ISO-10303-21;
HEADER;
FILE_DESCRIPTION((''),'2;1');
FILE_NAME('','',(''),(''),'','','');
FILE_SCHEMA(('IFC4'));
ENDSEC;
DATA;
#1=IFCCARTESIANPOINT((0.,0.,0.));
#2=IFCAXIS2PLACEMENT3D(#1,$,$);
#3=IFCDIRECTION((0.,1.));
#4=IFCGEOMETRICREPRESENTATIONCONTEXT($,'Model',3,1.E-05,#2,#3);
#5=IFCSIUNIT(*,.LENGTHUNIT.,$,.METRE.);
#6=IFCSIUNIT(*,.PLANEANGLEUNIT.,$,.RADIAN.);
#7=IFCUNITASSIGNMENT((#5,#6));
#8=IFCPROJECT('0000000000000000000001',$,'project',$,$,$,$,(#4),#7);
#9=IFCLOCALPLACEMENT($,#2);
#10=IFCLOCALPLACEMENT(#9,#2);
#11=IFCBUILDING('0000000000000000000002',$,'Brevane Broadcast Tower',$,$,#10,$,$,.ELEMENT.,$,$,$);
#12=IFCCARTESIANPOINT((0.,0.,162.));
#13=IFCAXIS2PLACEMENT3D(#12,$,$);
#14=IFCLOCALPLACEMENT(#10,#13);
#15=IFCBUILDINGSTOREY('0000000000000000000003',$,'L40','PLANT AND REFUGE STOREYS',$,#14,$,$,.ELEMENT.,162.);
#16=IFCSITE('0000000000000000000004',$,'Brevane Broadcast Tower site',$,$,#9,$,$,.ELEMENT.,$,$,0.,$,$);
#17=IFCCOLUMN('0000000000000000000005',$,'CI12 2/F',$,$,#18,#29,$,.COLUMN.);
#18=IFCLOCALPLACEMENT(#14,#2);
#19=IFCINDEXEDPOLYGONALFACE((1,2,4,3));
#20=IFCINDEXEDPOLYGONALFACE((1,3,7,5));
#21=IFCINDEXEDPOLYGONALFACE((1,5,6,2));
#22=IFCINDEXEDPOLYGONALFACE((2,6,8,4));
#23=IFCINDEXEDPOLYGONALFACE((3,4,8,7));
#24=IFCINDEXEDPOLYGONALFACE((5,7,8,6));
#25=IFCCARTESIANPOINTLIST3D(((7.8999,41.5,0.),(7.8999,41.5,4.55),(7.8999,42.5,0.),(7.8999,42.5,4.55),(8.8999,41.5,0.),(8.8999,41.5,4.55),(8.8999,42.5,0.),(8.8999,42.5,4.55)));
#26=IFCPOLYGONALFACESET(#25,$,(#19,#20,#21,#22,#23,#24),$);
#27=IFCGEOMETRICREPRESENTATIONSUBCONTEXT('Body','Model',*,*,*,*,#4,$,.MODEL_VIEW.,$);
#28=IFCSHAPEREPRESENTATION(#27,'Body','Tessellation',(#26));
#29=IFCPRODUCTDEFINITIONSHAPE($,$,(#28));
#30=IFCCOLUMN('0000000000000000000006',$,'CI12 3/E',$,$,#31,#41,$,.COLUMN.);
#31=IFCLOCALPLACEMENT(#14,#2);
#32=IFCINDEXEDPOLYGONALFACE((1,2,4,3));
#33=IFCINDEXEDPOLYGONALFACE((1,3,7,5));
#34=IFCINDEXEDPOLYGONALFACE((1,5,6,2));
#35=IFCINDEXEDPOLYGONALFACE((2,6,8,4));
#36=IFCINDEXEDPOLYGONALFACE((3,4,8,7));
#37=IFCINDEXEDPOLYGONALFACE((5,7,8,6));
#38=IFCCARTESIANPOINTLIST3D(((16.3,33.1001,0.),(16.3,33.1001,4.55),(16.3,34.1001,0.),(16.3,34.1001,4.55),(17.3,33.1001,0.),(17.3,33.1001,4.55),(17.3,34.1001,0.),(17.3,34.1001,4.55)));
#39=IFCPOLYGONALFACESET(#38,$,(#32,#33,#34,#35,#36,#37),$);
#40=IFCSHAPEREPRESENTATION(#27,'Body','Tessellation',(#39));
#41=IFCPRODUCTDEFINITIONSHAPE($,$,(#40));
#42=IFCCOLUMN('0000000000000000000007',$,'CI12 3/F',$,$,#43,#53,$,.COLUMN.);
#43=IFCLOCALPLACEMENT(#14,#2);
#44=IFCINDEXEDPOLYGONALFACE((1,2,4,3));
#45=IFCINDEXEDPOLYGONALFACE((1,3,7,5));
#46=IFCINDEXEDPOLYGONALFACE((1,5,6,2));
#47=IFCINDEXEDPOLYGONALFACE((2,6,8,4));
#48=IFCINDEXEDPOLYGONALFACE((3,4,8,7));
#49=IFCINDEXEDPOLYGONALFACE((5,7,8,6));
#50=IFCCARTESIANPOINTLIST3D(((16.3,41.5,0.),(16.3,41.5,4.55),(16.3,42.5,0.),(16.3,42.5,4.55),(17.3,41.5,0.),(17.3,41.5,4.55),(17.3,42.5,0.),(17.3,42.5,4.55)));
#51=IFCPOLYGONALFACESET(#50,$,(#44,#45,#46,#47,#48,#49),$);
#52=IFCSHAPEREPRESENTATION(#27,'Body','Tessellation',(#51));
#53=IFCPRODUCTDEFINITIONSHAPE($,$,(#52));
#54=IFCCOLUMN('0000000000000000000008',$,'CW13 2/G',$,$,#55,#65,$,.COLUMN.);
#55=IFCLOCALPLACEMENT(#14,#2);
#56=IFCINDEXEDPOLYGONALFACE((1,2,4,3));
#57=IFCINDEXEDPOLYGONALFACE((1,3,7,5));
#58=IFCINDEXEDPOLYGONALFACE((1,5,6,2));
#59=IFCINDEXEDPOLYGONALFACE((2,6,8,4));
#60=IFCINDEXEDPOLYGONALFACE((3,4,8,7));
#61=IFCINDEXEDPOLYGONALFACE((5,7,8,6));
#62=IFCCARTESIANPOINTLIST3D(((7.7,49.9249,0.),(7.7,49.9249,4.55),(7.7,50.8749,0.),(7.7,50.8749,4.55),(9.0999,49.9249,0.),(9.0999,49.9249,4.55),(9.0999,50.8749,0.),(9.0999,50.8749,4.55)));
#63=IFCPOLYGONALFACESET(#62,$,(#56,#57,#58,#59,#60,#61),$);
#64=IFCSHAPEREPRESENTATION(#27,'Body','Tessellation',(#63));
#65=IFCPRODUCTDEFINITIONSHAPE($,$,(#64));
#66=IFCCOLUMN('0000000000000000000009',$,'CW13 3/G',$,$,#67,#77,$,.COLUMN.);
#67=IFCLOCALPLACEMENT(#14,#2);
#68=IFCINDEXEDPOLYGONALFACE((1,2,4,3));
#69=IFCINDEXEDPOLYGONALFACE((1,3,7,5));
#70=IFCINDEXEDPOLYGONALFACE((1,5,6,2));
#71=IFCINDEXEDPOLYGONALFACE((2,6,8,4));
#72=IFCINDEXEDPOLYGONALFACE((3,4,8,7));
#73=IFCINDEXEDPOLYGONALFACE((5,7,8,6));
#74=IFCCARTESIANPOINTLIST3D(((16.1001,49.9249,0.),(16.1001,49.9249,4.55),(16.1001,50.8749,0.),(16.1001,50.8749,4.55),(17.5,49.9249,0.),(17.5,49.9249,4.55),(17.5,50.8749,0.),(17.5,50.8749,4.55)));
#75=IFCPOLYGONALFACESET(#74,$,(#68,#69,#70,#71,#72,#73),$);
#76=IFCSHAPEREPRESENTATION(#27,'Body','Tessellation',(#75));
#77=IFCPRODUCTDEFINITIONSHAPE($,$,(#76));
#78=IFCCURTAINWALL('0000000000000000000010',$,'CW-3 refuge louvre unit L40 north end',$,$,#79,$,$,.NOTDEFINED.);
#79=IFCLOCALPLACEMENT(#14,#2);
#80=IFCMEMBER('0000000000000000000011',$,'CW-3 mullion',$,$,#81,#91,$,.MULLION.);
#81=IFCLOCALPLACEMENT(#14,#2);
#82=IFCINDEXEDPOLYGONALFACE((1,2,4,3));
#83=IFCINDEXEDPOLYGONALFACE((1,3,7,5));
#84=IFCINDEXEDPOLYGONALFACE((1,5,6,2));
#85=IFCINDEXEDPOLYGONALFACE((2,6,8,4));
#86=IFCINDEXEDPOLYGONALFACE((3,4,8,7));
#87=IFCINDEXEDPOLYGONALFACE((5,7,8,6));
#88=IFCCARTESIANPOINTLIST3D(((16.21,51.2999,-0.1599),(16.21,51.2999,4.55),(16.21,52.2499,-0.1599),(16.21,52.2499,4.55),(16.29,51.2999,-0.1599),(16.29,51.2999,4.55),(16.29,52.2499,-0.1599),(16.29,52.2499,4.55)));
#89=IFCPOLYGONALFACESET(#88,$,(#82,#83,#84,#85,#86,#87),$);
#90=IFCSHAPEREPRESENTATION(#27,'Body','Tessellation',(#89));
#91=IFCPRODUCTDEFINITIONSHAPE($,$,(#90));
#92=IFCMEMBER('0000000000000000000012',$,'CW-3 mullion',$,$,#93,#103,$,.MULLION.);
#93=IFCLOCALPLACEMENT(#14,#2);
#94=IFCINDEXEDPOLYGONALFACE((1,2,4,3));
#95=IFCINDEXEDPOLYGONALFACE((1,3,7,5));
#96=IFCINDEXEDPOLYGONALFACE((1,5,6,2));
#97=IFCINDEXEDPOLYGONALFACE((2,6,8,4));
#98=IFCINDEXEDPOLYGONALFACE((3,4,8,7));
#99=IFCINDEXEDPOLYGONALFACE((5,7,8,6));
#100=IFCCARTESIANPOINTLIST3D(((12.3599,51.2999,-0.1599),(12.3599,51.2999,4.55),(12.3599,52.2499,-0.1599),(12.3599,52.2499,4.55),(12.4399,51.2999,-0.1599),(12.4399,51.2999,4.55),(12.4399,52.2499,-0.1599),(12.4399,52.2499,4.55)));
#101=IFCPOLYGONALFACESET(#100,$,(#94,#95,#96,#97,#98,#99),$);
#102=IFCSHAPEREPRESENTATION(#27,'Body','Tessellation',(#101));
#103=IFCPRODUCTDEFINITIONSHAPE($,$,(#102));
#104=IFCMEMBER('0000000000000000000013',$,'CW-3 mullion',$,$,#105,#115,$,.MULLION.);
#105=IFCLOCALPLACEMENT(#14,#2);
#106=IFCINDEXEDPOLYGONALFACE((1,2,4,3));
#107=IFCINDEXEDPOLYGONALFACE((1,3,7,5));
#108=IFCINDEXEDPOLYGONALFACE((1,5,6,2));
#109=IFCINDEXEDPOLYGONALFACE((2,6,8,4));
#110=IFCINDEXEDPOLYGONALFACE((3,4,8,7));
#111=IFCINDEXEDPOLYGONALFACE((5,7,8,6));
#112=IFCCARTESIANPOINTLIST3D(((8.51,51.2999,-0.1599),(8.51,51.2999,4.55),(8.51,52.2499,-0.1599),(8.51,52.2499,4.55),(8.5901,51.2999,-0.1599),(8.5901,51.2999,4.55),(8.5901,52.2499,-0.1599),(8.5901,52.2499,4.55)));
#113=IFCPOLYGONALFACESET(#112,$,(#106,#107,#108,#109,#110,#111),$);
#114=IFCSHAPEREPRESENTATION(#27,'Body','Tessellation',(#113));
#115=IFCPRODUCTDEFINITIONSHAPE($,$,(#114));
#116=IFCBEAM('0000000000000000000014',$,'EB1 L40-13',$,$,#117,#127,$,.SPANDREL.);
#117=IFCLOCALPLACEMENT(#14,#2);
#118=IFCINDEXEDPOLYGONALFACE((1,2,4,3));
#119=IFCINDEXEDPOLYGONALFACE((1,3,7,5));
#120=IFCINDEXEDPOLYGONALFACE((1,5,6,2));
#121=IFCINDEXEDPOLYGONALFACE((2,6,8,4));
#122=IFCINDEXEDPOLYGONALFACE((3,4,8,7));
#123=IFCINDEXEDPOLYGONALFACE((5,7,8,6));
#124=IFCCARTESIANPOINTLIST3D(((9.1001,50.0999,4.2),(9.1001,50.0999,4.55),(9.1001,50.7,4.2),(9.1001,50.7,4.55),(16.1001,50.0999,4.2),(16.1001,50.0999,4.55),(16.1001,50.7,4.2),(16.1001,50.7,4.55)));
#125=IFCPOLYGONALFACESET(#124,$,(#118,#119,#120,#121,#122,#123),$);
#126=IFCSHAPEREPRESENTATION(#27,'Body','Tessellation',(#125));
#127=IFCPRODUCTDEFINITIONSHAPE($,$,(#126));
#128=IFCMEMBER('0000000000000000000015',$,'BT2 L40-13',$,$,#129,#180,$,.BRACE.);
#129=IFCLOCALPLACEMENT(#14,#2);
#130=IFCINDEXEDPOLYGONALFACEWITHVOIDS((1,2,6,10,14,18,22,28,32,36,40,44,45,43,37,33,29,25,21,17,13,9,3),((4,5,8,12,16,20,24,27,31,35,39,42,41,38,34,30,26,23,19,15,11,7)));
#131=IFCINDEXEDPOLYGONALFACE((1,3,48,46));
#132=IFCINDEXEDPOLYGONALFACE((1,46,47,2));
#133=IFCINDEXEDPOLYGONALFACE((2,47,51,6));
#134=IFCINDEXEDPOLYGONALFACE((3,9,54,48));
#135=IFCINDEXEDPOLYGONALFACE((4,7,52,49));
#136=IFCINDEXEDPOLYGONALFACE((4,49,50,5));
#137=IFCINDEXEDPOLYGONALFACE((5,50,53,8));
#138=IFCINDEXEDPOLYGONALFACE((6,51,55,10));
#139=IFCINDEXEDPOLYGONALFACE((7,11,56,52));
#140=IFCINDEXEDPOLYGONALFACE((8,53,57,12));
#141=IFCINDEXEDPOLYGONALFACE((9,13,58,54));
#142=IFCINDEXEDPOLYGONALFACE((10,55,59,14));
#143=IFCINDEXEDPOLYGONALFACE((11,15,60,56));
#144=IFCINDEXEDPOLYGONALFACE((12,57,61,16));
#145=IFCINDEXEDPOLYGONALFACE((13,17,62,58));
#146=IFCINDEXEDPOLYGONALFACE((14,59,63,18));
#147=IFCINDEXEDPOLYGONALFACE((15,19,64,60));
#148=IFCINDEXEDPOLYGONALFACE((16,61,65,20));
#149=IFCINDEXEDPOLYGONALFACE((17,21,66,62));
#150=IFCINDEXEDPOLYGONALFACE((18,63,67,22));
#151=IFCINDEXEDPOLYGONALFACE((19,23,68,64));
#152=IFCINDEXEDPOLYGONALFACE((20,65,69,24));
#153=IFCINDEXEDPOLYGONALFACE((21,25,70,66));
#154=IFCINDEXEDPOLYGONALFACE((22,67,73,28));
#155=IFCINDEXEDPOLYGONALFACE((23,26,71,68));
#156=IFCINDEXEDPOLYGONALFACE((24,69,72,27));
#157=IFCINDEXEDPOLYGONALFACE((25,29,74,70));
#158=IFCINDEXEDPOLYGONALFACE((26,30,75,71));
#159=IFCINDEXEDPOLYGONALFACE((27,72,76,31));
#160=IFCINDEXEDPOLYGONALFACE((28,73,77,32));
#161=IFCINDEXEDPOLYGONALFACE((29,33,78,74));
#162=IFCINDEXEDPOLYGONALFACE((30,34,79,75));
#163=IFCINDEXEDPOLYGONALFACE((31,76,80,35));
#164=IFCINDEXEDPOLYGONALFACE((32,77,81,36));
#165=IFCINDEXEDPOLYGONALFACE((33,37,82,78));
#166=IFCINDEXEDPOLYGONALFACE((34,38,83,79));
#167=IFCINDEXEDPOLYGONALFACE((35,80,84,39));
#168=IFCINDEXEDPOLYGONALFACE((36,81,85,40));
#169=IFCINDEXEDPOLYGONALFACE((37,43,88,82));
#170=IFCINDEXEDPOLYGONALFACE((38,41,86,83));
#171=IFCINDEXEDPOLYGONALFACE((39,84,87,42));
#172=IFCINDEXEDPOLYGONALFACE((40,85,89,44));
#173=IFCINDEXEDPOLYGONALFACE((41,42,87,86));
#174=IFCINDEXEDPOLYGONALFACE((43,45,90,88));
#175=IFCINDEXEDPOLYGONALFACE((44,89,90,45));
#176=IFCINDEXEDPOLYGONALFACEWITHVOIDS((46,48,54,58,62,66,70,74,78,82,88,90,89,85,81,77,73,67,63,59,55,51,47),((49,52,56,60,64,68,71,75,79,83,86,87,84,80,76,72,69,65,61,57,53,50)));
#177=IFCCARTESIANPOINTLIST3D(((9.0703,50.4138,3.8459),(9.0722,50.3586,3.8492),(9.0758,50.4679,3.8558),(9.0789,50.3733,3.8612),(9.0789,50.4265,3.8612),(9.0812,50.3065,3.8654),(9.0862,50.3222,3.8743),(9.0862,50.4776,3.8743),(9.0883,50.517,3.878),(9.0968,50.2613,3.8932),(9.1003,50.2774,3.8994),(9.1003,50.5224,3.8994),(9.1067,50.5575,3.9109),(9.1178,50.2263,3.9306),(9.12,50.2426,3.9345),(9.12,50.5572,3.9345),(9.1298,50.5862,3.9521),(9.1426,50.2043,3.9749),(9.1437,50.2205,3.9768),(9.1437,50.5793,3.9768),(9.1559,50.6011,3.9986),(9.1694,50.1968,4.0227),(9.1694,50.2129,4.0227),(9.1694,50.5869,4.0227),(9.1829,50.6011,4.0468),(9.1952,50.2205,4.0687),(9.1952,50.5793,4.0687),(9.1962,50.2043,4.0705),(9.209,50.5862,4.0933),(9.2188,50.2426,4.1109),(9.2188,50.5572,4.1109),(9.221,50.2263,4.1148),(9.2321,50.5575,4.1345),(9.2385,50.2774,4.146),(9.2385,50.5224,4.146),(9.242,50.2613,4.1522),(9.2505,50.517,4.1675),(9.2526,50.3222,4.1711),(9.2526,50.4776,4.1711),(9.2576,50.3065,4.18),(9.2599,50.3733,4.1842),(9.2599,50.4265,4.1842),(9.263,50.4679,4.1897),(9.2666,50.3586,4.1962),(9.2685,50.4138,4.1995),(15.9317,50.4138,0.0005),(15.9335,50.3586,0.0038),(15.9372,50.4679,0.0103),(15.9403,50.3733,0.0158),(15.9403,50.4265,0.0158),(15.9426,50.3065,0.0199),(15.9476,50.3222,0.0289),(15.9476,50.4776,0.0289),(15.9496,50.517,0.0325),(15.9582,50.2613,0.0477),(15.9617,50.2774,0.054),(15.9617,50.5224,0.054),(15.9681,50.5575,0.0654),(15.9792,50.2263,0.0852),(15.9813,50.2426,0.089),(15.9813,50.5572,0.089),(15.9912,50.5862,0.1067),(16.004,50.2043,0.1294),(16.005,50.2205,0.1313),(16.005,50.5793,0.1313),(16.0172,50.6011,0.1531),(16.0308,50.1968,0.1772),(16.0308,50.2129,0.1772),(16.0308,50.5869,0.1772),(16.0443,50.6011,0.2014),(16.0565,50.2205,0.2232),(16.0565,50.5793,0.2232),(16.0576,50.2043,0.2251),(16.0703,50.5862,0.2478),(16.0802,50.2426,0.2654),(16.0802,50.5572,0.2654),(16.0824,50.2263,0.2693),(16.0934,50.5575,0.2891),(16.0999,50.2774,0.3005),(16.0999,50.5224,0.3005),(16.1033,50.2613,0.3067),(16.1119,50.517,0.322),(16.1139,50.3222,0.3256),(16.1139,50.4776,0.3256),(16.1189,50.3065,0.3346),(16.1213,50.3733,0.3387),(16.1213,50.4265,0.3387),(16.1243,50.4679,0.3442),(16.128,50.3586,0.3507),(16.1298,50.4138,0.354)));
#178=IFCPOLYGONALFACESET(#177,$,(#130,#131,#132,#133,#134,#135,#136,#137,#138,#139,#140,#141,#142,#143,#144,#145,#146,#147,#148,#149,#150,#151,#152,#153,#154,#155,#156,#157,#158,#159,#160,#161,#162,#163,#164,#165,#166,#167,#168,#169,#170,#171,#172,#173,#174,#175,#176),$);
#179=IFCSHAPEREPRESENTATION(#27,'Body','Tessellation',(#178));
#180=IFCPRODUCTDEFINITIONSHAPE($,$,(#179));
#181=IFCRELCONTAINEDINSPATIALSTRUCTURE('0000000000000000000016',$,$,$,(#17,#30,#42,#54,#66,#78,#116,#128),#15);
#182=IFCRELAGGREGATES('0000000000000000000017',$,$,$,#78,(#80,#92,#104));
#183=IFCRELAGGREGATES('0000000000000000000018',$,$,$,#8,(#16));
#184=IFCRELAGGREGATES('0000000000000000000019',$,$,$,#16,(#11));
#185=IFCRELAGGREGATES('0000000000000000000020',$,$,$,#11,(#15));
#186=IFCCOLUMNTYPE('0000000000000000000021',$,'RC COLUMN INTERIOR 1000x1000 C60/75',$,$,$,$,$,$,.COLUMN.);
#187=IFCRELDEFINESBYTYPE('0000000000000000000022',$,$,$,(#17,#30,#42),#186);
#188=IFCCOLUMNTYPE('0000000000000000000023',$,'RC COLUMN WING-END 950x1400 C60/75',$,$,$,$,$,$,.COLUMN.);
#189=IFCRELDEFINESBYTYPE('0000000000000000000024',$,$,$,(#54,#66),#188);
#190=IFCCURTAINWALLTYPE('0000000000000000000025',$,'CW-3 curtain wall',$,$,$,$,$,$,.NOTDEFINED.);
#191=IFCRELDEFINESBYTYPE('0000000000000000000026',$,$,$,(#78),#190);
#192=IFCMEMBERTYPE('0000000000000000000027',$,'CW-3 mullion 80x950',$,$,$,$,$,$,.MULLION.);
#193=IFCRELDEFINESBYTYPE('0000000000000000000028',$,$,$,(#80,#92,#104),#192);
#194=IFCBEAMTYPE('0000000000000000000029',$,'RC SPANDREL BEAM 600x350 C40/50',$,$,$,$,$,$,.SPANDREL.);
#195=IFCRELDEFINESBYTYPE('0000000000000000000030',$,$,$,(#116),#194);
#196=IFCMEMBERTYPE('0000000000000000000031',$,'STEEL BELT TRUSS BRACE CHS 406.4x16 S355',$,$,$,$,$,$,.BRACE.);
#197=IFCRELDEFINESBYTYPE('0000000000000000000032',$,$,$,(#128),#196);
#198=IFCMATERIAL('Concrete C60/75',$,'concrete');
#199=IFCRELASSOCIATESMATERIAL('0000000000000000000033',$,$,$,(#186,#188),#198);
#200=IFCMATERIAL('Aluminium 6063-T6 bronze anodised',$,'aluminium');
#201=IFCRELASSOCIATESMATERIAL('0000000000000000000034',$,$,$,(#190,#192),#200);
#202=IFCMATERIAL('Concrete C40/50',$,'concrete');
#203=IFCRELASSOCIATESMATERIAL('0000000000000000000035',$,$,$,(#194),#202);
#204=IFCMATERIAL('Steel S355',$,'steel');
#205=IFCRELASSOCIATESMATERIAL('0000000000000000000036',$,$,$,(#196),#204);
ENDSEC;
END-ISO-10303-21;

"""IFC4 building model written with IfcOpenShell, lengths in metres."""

from ifc_helpers import new_model, si_unit, direction, frame, origin, origin_2d, place, context, subcontext, project, spatial, rectangle, hollow_circle, extrude, material, material_profile, profile_set, type_object, element, aggregate, save


model = new_model("IFC4")

# Units and contexts
model_context = context("Model", 3, precision=1e-05, world=origin(), true_north=direction((0.0, 1.0)))
body_context = subcontext(model_context, "Body", "Model", "MODEL_VIEW")
ifc_project = project(units=[si_unit("LENGTHUNIT", "METRE"), si_unit("PLANEANGLEUNIT", "RADIAN")], contexts=[model_context])

# Site, building, storey
site_placement = place(None, origin())
site = spatial("IfcSite", under=ifc_project, at=site_placement, Name="Brevane Broadcast Tower site", CompositionType="ELEMENT", RefElevation=0.0)
building_placement = place(site_placement, origin())
building = spatial("IfcBuilding", under=site, at=building_placement, Name="Brevane Broadcast Tower", CompositionType="ELEMENT")
storey_placement = place(building_placement, frame((0.0, 0.0, 162.0)))
storey = spatial("IfcBuildingStorey", under=building, at=storey_placement, Name="L40", Description="PLANT AND REFUGE STOREYS", CompositionType="ELEMENT", Elevation=162.0)

# Columns
ifc_material_1 = material(Name="Concrete C60/75", Category="concrete")
ifc_material_profile_1 = material_profile(ifc_material_1, rectangle(XDim=1.0, YDim=1.0, at=origin_2d()), Name="RC 1000x1000")
ifc_profile_set_1 = profile_set([ifc_material_profile_1], Name="Concrete C60/75")
column_type_1 = type_object("IfcColumnType", Name="RC COLUMN INTERIOR 1000x1000 C60/75", PredefinedType="COLUMN", material=ifc_profile_set_1)
for number, where, z_axis, x_axis, name in (
    (1, (8.3999, 42.0, 0.0), (0.0, 0.0, 1.0), (1.0, 0.0, 0.0), "CI12 2/F"),
    (2, (16.8, 33.6001, 0.0), (0.0, 0.0, 1.0), (1.0, 0.0, 0.0), "CI12 3/E"),
    (3, (16.8, 42.0, 0.0), (0.0, 0.0, 1.0), (1.0, 0.0, 0.0), "CI12 3/F"),
):
    element("IfcColumn", number, at=place(storey_placement, frame(where, z_axis=z_axis, x_axis=x_axis)), inside=storey, type_object=column_type_1, Name=name, PredefinedType="COLUMN", context=body_context, shape_type="SweptSolid", body=[
        extrude(rectangle(XDim=1.0, YDim=1.0, at=origin_2d()), origin(), (0.0, 0.0, 1.0), 4.55),
    ])
ifc_material_profile_2 = material_profile(ifc_material_1, rectangle(XDim=0.95, YDim=1.3999, at=origin_2d()), Name="RC 950x1400")
ifc_profile_set_2 = profile_set([ifc_material_profile_2], Name="Concrete C60/75")
column_type_2 = type_object("IfcColumnType", Name="RC COLUMN WING-END 950x1400 C60/75", PredefinedType="COLUMN", material=ifc_profile_set_2)
for number, where, z_axis, x_axis, name in (
    (4, (8.3999, 50.3999, 0.0), (0.0, 0.0, 1.0), (0.0, 1.0, 0.0), "CW13 2/G"),
    (5, (16.8, 50.3999, 0.0), (0.0, 0.0, 1.0), (0.0, 1.0, 0.0), "CW13 3/G"),
):
    element("IfcColumn", number, at=place(storey_placement, frame(where, z_axis=z_axis, x_axis=x_axis)), inside=storey, type_object=column_type_2, Name=name, PredefinedType="COLUMN", context=body_context, shape_type="SweptSolid", body=[
        extrude(rectangle(XDim=0.95, YDim=1.3999, at=origin_2d()), origin(), (0.0, 0.0, 1.0), 4.55),
    ])

# Curtain wall, members
ifc_material_2 = material(Name="Aluminium 6063-T6 bronze anodised", Category="aluminium")
curtain_wall_type = type_object("IfcCurtainWallType", Name="CW-3 curtain wall", PredefinedType="NOTDEFINED", material=ifc_material_2)
curtain_wall_placement = place(storey_placement, origin())
curtain_wall = element("IfcCurtainWall", 6, at=curtain_wall_placement, inside=storey, type_object=curtain_wall_type, Name="CW-3 refuge louvre unit L40 north end", PredefinedType="NOTDEFINED")
ifc_material_profile_3 = material_profile(ifc_material_2, rectangle(XDim=0.95, YDim=0.0801, at=origin_2d()), Name="RECT 80x950")
ifc_profile_set_3 = profile_set([ifc_material_profile_3], Name="Aluminium 6063-T6 bronze anodised")
member_type_1 = type_object("IfcMemberType", Name="CW-3 mullion 80x950", PredefinedType="MULLION", material=ifc_profile_set_3)
member_1_placement = place(storey_placement, frame((16.25, 51.7749, -0.1599), z_axis=(0.0, 0.0, 1.0), x_axis=(0.0, -1.0, 0.0)))
member_1 = element("IfcMember", 7, at=member_1_placement, type_object=member_type_1, Name="CW-3 mullion", PredefinedType="MULLION", context=body_context, shape_type="SweptSolid", body=[
    extrude(rectangle(XDim=0.95, YDim=0.0801, at=origin_2d()), origin(), (0.0, 0.0, 1.0), 4.71),
])
member_2_placement = place(storey_placement, frame((12.3999, 51.7749, -0.1599), z_axis=(0.0, 0.0, 1.0), x_axis=(0.0, -1.0, 0.0)))
member_2 = element("IfcMember", 8, at=member_2_placement, type_object=member_type_1, Name="CW-3 mullion", PredefinedType="MULLION", context=body_context, shape_type="SweptSolid", body=[
    extrude(rectangle(XDim=0.95, YDim=0.0801, at=origin_2d()), origin(), (0.0, 0.0, 1.0), 4.71),
])
member_3_placement = place(storey_placement, frame((8.55, 51.7749, -0.1599), z_axis=(0.0, 0.0, 1.0), x_axis=(0.0, -1.0, 0.0)))
member_3 = element("IfcMember", 9, at=member_3_placement, type_object=member_type_1, Name="CW-3 mullion", PredefinedType="MULLION", context=body_context, shape_type="SweptSolid", body=[
    extrude(rectangle(XDim=0.95, YDim=0.0801, at=origin_2d()), origin(), (0.0, 0.0, 1.0), 4.71),
])
aggregate(curtain_wall, [member_1, member_2, member_3])

# Beam
ifc_material_3 = material(Name="Concrete C40/50", Category="concrete")
ifc_material_profile_4 = material_profile(ifc_material_3, rectangle(XDim=0.6001, YDim=0.3501, at=origin_2d()), Name="RC 600x350")
ifc_profile_set_4 = profile_set([ifc_material_profile_4], Name="Concrete C40/50")
beam_type = type_object("IfcBeamType", Name="RC SPANDREL BEAM 600x350 C40/50", PredefinedType="SPANDREL", material=ifc_profile_set_4)
beam_placement = place(storey_placement, frame((16.1001, 50.3999, 4.375), z_axis=(-1.0, 0.0, 0.0), x_axis=(0.0, -1.0, 0.0)))
element("IfcBeam", 10, at=beam_placement, inside=storey, type_object=beam_type, Name="EB1 L40-13", PredefinedType="SPANDREL", context=body_context, shape_type="SweptSolid", body=[
    extrude(rectangle(XDim=0.6001, YDim=0.3501, at=origin_2d()), origin(), (0.0, 0.0, 1.0), 7.0),
])

# Member
ifc_material_4 = material(Name="Steel S355", Category="steel")
ifc_material_profile_5 = material_profile(ifc_material_4, hollow_circle(Radius=0.2031, WallThickness=0.0161, at=origin_2d()), Name="CHS 406.4x16")
ifc_profile_set_5 = profile_set([ifc_material_profile_5], Name="Steel S355")
member_type_2 = type_object("IfcMemberType", Name="STEEL BELT TRUSS BRACE CHS 406.4x16 S355", PredefinedType="BRACE", material=ifc_profile_set_5)
member_4_placement = place(storey_placement, frame((16.0308, 50.3999, 0.1772), z_axis=(-0.872337, 0.0, 0.488905), x_axis=(0.0, -1.0, 0.0)))
element("IfcMember", 11, at=member_4_placement, inside=storey, type_object=member_type_2, Name="BT2 L40-13", PredefinedType="BRACE", context=body_context, shape_type="SweptSolid", body=[
    extrude(hollow_circle(Radius=0.2031, WallThickness=0.0161, at=origin_2d()), origin(), (0.0, 0.0, 1.0), 7.8655),
])

save(model, "model.ifc")
